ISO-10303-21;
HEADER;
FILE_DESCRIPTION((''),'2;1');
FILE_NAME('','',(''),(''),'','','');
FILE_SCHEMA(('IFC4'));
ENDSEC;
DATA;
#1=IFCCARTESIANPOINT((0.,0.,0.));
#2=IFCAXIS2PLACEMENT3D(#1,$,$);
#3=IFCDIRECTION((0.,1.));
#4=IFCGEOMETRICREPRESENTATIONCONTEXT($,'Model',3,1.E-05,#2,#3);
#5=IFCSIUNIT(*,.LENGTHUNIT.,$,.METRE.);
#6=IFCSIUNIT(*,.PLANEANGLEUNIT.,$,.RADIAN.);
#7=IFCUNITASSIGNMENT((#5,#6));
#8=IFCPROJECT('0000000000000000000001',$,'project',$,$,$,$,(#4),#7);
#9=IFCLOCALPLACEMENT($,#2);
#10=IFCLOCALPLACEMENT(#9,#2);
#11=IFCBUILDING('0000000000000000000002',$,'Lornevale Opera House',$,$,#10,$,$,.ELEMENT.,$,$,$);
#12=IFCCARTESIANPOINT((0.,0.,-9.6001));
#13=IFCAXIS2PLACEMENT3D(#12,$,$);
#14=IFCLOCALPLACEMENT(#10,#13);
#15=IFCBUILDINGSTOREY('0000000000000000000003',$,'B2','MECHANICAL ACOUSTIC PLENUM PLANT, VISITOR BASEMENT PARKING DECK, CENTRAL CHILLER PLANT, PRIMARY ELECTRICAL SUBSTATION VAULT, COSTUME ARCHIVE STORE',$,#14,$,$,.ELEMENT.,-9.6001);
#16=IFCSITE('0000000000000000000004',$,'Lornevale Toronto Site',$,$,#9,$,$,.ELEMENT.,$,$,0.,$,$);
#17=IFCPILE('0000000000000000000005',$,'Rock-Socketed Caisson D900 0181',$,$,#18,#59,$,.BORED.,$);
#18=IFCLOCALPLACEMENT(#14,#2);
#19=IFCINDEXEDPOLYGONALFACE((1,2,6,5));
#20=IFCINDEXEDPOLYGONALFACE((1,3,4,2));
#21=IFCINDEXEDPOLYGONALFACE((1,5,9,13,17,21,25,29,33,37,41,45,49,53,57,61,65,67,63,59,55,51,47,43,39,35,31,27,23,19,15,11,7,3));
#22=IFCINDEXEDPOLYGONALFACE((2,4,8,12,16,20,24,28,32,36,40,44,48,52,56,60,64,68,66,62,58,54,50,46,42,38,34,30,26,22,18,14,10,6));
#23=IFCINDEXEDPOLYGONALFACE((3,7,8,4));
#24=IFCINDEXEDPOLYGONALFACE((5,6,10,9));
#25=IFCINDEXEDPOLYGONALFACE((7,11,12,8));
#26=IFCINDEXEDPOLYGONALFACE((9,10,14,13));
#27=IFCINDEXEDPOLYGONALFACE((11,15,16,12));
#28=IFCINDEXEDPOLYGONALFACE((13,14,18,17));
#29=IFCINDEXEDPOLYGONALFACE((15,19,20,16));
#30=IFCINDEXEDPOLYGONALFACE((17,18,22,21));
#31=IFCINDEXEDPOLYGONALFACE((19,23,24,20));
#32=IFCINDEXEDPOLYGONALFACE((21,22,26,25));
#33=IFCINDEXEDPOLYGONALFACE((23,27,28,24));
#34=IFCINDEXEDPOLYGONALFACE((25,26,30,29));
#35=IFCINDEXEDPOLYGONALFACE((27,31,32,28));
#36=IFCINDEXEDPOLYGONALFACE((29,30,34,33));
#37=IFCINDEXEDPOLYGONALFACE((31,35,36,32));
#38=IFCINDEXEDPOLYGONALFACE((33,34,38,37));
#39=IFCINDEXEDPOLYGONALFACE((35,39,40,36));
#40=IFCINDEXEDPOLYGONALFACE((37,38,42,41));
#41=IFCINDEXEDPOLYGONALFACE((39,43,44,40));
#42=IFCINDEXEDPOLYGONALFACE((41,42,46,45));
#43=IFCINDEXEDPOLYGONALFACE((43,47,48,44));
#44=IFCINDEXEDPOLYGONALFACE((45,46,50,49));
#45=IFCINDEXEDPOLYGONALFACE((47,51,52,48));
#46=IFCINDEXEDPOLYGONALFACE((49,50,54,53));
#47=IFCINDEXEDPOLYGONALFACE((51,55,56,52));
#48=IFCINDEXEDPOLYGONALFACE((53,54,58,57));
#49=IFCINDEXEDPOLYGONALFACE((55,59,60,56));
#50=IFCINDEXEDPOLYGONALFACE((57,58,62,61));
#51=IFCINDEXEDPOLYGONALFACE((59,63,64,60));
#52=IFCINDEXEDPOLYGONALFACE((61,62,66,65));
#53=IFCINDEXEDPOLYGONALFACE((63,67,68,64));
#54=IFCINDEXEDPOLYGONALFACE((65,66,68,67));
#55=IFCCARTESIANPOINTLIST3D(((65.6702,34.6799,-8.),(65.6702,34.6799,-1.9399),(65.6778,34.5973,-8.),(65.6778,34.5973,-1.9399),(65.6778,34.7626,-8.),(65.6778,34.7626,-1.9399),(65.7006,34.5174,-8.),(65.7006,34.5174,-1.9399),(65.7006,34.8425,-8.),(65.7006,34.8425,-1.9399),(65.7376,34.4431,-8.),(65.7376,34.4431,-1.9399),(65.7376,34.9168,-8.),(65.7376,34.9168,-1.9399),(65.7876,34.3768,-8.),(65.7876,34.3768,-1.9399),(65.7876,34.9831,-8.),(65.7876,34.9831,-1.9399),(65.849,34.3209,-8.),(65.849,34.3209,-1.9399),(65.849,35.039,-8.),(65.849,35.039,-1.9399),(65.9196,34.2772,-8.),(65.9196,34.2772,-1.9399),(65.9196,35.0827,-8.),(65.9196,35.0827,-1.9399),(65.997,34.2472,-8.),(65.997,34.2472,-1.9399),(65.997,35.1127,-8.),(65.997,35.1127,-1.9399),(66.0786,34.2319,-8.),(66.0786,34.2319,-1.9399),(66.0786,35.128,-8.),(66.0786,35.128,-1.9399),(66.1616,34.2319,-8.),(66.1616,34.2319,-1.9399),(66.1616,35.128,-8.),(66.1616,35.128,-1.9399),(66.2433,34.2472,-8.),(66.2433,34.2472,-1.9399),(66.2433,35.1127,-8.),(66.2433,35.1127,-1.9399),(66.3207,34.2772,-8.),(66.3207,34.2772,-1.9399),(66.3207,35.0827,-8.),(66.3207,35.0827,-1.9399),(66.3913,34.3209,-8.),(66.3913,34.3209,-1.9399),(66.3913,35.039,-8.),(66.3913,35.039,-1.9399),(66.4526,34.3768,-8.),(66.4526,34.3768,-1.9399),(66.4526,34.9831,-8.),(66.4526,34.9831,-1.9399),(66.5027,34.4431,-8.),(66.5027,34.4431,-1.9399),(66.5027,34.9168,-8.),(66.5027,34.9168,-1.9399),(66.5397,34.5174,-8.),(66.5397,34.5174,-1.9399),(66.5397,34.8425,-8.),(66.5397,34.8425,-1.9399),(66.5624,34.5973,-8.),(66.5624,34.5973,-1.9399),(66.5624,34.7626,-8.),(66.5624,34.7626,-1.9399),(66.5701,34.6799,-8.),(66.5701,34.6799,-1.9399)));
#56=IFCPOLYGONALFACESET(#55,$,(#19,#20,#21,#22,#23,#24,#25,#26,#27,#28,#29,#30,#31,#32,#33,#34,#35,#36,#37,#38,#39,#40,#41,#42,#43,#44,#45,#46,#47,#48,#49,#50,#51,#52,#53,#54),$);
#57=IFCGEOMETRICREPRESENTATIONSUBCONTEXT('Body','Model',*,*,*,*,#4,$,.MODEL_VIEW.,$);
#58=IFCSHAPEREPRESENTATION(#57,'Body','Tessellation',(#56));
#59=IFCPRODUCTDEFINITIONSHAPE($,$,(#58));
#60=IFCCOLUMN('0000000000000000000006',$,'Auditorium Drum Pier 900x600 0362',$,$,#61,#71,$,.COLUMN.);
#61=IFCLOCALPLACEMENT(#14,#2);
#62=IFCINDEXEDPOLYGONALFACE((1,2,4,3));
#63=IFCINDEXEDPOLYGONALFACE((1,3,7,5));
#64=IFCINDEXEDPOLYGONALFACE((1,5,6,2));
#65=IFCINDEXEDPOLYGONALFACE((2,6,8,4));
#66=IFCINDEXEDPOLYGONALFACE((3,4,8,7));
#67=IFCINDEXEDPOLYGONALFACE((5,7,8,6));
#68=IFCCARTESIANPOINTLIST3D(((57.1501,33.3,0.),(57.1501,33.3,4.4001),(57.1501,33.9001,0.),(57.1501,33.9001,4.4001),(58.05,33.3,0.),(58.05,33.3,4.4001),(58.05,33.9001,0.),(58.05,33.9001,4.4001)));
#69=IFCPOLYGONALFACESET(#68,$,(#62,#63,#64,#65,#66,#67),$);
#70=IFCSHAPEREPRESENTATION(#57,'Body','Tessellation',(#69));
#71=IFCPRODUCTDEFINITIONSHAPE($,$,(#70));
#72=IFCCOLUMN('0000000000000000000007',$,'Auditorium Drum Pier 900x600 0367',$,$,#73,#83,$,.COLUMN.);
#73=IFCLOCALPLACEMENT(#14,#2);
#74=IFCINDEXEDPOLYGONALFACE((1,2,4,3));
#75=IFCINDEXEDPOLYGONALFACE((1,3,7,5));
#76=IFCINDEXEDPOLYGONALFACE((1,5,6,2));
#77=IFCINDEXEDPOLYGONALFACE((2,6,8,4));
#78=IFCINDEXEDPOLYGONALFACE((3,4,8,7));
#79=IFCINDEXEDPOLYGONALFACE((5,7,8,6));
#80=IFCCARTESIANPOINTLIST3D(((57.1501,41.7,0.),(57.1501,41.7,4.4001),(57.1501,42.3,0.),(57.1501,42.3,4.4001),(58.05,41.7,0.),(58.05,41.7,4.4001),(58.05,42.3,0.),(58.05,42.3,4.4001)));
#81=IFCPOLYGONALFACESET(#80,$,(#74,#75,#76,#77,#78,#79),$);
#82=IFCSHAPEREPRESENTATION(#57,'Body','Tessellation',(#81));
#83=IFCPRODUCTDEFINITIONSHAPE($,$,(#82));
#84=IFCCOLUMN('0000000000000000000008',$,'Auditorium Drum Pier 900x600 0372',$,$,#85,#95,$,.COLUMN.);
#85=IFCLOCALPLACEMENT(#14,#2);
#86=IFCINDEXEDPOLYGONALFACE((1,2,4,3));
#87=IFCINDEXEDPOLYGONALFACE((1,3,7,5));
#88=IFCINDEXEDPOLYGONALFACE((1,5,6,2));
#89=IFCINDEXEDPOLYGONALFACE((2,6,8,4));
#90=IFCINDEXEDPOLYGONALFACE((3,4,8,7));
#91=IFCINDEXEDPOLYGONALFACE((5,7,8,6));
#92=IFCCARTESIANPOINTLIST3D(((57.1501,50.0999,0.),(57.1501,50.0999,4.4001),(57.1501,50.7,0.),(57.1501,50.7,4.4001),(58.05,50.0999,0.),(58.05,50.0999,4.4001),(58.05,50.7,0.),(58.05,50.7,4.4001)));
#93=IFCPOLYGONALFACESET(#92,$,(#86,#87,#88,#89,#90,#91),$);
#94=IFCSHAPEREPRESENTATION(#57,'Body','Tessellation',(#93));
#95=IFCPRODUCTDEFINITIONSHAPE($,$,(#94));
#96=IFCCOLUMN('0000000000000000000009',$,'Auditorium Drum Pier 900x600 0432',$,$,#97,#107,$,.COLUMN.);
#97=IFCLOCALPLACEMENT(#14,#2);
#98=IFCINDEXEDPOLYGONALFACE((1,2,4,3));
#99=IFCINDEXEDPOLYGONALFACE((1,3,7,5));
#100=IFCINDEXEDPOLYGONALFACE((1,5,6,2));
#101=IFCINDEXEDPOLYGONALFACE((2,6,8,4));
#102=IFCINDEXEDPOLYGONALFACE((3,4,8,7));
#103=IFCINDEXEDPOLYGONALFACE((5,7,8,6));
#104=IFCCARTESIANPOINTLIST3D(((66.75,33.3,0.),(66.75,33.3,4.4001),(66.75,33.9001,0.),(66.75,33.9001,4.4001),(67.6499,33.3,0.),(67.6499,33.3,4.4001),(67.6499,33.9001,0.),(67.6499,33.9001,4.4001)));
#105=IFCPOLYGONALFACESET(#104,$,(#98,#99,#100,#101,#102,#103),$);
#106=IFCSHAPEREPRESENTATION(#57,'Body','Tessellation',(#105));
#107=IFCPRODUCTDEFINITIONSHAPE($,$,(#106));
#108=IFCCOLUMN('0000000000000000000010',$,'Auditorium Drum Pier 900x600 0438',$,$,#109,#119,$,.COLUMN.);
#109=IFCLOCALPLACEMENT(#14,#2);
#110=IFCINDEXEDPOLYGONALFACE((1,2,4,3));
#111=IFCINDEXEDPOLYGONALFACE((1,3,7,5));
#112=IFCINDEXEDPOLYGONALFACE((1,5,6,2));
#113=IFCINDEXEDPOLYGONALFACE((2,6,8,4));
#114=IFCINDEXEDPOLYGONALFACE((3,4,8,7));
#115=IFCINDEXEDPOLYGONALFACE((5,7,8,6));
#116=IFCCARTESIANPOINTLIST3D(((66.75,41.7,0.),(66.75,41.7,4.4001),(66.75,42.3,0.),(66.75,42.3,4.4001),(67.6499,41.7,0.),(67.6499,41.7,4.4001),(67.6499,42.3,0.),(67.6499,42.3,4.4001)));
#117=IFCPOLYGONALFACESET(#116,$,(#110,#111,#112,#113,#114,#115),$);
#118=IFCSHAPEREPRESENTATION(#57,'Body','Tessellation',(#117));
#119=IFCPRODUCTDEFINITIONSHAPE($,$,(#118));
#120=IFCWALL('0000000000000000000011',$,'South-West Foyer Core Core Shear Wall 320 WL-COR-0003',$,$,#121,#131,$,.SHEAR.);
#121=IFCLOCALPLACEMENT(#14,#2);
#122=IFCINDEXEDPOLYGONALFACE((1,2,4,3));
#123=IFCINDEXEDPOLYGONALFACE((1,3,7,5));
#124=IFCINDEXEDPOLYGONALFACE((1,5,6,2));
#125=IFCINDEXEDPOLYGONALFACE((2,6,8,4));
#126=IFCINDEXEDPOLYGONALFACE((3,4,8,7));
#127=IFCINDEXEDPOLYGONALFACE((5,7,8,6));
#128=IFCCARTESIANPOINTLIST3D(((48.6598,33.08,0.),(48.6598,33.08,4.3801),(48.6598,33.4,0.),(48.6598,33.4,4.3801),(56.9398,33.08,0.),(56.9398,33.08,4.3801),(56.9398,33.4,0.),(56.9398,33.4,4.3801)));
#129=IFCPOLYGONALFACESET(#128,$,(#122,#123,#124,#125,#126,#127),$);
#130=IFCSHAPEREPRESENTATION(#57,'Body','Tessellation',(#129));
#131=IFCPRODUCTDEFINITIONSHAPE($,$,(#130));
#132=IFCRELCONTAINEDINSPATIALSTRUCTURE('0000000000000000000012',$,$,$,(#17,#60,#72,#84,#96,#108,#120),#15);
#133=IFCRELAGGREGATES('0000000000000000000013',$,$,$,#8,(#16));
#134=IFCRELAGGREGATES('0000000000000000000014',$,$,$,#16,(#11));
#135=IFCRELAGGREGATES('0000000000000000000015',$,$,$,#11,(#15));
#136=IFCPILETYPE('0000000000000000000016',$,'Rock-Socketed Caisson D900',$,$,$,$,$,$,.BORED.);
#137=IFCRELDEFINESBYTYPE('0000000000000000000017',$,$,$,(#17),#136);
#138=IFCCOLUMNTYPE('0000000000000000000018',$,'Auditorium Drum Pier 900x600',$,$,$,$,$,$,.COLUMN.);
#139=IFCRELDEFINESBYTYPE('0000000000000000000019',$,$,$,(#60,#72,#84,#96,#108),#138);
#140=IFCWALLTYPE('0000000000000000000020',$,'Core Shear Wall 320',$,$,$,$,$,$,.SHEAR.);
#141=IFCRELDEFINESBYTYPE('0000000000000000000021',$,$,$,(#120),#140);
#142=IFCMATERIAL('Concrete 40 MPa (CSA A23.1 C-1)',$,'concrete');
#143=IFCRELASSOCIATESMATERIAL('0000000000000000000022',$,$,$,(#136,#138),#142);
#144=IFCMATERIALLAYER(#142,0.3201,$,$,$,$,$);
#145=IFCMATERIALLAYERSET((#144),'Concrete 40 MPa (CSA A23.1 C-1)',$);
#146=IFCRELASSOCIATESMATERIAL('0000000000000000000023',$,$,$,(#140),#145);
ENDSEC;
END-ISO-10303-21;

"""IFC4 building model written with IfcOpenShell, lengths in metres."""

from ifc_helpers import new_model, si_unit, direction, frame, frame_2d, origin, origin_2d, place, context, subcontext, project, spatial, rectangle, circle, extrude, material, layer, layer_set, material_profile, profile_set, type_object, element, save


model = new_model("IFC4")

# Units and contexts
model_context = context("Model", 3, precision=1e-05, world=origin(), true_north=direction((0.0, 1.0)))
body_context = subcontext(model_context, "Body", "Model", "MODEL_VIEW")
ifc_project = project(units=[si_unit("LENGTHUNIT", "METRE"), si_unit("PLANEANGLEUNIT", "RADIAN")], contexts=[model_context])

# Site, building, storey
site_placement = place(None, origin())
site = spatial("IfcSite", under=ifc_project, at=site_placement, Name="Lornevale Toronto Site", CompositionType="ELEMENT", RefElevation=0.0)
building_placement = place(site_placement, origin())
building = spatial("IfcBuilding", under=site, at=building_placement, Name="Lornevale Opera House", CompositionType="ELEMENT")
storey_placement = place(building_placement, frame((0.0, 0.0, -9.6001)))
storey = spatial("IfcBuildingStorey", under=building, at=storey_placement, Name="B2", Description="MECHANICAL ACOUSTIC PLENUM PLANT, VISITOR BASEMENT PARKING DECK, CENTRAL CHILLER PLANT, PRIMARY ELECTRICAL SUBSTATION VAULT, COSTUME ARCHIVE STORE", CompositionType="ELEMENT", Elevation=-9.6001)

# Pile
ifc_material_1 = material(Name="Concrete 40 MPa (CSA A23.1 C-1)", Category="concrete")
ifc_material_profile_1 = material_profile(ifc_material_1, circle(Radius=0.45, at=origin_2d()), Name="CAIS900")
ifc_profile_set_1 = profile_set([ifc_material_profile_1], Name="Concrete 40 MPa (CSA A23.1 C-1)")
pile_type_1 = type_object("IfcPileType", Name="Rock-Socketed Caisson D900", PredefinedType="BORED", material=ifc_profile_set_1)
for number, where, z_axis, x_axis, name in (
    (1, (66.1201, 34.6799, -1.9399), (0.0, 0.0, -1.0), (1.0, 0.0, 0.0), "Rock-Socketed Caisson D900 0181"),
):
    element("IfcPile", number, at=place(storey_placement, frame(where, z_axis=z_axis, x_axis=x_axis)), inside=storey, type_object=pile_type_1, Name=name, PredefinedType="BORED", context=body_context, shape_type="SweptSolid", body=[
        extrude(circle(Radius=0.45, at=origin_2d()), origin(), (0.0, 0.0, 1.0), 6.0601),
    ])

# Columns
ifc_material_profile_2 = material_profile(ifc_material_1, rectangle(XDim=0.8999, YDim=0.6001, at=origin_2d()), Name="RC900x600")
ifc_profile_set_2 = profile_set([ifc_material_profile_2], Name="Concrete 40 MPa (CSA A23.1 C-1)")
column_type = type_object("IfcColumnType", Name="Auditorium Drum Pier 900x600", PredefinedType="COLUMN", material=ifc_profile_set_2)
for number, where, z_axis, x_axis, name in (
    (2, (57.6001, 33.6001, 0.0), (0.0, 0.0, 1.0), (1.0, 0.0, 0.0), "Auditorium Drum Pier 900x600 0362"),
    (3, (57.6001, 42.0, 0.0), (0.0, 0.0, 1.0), (1.0, 0.0, 0.0), "Auditorium Drum Pier 900x600 0367"),
    (4, (57.6001, 50.3999, 0.0), (0.0, 0.0, 1.0), (1.0, 0.0, 0.0), "Auditorium Drum Pier 900x600 0372"),
    (5, (67.2, 33.6001, 0.0), (0.0, 0.0, 1.0), (1.0, 0.0, 0.0), "Auditorium Drum Pier 900x600 0432"),
    (6, (67.2, 42.0, 0.0), (0.0, 0.0, 1.0), (1.0, 0.0, 0.0), "Auditorium Drum Pier 900x600 0438"),
):
    element("IfcColumn", number, at=place(storey_placement, frame(where, z_axis=z_axis, x_axis=x_axis)), inside=storey, type_object=column_type, Name=name, PredefinedType="COLUMN", context=body_context, shape_type="SweptSolid", body=[
        extrude(rectangle(XDim=0.8999, YDim=0.6001, at=origin_2d()), origin(), (0.0, 0.0, 1.0), 4.4001),
    ])

# Wall
ifc_layer_1 = layer(ifc_material_1, 0.3201)
ifc_layer_set_1 = layer_set([ifc_layer_1], Name="Concrete 40 MPa (CSA A23.1 C-1)")
wall_type = type_object("IfcWallType", Name="Core Shear Wall 320", PredefinedType="SHEAR", material=ifc_layer_set_1)
wall_placement = place(storey_placement, frame((56.9399, 33.24, 0.0), z_axis=(0.0, 0.0, 1.0), x_axis=(-1.0, 0.0, 0.0)))
element("IfcWall", 7, at=wall_placement, inside=storey, type_object=wall_type, Name="South-West Foyer Core Core Shear Wall 320 WL-COR-0003", PredefinedType="SHEAR", context=body_context, shape_type="SweptSolid", body=[
    extrude(rectangle(XDim=8.28, YDim=0.3201, at=frame_2d((4.1401, 0.0))), origin(), (0.0, 0.0, 1.0), 4.3801),
])

save(model, "model.ifc")
